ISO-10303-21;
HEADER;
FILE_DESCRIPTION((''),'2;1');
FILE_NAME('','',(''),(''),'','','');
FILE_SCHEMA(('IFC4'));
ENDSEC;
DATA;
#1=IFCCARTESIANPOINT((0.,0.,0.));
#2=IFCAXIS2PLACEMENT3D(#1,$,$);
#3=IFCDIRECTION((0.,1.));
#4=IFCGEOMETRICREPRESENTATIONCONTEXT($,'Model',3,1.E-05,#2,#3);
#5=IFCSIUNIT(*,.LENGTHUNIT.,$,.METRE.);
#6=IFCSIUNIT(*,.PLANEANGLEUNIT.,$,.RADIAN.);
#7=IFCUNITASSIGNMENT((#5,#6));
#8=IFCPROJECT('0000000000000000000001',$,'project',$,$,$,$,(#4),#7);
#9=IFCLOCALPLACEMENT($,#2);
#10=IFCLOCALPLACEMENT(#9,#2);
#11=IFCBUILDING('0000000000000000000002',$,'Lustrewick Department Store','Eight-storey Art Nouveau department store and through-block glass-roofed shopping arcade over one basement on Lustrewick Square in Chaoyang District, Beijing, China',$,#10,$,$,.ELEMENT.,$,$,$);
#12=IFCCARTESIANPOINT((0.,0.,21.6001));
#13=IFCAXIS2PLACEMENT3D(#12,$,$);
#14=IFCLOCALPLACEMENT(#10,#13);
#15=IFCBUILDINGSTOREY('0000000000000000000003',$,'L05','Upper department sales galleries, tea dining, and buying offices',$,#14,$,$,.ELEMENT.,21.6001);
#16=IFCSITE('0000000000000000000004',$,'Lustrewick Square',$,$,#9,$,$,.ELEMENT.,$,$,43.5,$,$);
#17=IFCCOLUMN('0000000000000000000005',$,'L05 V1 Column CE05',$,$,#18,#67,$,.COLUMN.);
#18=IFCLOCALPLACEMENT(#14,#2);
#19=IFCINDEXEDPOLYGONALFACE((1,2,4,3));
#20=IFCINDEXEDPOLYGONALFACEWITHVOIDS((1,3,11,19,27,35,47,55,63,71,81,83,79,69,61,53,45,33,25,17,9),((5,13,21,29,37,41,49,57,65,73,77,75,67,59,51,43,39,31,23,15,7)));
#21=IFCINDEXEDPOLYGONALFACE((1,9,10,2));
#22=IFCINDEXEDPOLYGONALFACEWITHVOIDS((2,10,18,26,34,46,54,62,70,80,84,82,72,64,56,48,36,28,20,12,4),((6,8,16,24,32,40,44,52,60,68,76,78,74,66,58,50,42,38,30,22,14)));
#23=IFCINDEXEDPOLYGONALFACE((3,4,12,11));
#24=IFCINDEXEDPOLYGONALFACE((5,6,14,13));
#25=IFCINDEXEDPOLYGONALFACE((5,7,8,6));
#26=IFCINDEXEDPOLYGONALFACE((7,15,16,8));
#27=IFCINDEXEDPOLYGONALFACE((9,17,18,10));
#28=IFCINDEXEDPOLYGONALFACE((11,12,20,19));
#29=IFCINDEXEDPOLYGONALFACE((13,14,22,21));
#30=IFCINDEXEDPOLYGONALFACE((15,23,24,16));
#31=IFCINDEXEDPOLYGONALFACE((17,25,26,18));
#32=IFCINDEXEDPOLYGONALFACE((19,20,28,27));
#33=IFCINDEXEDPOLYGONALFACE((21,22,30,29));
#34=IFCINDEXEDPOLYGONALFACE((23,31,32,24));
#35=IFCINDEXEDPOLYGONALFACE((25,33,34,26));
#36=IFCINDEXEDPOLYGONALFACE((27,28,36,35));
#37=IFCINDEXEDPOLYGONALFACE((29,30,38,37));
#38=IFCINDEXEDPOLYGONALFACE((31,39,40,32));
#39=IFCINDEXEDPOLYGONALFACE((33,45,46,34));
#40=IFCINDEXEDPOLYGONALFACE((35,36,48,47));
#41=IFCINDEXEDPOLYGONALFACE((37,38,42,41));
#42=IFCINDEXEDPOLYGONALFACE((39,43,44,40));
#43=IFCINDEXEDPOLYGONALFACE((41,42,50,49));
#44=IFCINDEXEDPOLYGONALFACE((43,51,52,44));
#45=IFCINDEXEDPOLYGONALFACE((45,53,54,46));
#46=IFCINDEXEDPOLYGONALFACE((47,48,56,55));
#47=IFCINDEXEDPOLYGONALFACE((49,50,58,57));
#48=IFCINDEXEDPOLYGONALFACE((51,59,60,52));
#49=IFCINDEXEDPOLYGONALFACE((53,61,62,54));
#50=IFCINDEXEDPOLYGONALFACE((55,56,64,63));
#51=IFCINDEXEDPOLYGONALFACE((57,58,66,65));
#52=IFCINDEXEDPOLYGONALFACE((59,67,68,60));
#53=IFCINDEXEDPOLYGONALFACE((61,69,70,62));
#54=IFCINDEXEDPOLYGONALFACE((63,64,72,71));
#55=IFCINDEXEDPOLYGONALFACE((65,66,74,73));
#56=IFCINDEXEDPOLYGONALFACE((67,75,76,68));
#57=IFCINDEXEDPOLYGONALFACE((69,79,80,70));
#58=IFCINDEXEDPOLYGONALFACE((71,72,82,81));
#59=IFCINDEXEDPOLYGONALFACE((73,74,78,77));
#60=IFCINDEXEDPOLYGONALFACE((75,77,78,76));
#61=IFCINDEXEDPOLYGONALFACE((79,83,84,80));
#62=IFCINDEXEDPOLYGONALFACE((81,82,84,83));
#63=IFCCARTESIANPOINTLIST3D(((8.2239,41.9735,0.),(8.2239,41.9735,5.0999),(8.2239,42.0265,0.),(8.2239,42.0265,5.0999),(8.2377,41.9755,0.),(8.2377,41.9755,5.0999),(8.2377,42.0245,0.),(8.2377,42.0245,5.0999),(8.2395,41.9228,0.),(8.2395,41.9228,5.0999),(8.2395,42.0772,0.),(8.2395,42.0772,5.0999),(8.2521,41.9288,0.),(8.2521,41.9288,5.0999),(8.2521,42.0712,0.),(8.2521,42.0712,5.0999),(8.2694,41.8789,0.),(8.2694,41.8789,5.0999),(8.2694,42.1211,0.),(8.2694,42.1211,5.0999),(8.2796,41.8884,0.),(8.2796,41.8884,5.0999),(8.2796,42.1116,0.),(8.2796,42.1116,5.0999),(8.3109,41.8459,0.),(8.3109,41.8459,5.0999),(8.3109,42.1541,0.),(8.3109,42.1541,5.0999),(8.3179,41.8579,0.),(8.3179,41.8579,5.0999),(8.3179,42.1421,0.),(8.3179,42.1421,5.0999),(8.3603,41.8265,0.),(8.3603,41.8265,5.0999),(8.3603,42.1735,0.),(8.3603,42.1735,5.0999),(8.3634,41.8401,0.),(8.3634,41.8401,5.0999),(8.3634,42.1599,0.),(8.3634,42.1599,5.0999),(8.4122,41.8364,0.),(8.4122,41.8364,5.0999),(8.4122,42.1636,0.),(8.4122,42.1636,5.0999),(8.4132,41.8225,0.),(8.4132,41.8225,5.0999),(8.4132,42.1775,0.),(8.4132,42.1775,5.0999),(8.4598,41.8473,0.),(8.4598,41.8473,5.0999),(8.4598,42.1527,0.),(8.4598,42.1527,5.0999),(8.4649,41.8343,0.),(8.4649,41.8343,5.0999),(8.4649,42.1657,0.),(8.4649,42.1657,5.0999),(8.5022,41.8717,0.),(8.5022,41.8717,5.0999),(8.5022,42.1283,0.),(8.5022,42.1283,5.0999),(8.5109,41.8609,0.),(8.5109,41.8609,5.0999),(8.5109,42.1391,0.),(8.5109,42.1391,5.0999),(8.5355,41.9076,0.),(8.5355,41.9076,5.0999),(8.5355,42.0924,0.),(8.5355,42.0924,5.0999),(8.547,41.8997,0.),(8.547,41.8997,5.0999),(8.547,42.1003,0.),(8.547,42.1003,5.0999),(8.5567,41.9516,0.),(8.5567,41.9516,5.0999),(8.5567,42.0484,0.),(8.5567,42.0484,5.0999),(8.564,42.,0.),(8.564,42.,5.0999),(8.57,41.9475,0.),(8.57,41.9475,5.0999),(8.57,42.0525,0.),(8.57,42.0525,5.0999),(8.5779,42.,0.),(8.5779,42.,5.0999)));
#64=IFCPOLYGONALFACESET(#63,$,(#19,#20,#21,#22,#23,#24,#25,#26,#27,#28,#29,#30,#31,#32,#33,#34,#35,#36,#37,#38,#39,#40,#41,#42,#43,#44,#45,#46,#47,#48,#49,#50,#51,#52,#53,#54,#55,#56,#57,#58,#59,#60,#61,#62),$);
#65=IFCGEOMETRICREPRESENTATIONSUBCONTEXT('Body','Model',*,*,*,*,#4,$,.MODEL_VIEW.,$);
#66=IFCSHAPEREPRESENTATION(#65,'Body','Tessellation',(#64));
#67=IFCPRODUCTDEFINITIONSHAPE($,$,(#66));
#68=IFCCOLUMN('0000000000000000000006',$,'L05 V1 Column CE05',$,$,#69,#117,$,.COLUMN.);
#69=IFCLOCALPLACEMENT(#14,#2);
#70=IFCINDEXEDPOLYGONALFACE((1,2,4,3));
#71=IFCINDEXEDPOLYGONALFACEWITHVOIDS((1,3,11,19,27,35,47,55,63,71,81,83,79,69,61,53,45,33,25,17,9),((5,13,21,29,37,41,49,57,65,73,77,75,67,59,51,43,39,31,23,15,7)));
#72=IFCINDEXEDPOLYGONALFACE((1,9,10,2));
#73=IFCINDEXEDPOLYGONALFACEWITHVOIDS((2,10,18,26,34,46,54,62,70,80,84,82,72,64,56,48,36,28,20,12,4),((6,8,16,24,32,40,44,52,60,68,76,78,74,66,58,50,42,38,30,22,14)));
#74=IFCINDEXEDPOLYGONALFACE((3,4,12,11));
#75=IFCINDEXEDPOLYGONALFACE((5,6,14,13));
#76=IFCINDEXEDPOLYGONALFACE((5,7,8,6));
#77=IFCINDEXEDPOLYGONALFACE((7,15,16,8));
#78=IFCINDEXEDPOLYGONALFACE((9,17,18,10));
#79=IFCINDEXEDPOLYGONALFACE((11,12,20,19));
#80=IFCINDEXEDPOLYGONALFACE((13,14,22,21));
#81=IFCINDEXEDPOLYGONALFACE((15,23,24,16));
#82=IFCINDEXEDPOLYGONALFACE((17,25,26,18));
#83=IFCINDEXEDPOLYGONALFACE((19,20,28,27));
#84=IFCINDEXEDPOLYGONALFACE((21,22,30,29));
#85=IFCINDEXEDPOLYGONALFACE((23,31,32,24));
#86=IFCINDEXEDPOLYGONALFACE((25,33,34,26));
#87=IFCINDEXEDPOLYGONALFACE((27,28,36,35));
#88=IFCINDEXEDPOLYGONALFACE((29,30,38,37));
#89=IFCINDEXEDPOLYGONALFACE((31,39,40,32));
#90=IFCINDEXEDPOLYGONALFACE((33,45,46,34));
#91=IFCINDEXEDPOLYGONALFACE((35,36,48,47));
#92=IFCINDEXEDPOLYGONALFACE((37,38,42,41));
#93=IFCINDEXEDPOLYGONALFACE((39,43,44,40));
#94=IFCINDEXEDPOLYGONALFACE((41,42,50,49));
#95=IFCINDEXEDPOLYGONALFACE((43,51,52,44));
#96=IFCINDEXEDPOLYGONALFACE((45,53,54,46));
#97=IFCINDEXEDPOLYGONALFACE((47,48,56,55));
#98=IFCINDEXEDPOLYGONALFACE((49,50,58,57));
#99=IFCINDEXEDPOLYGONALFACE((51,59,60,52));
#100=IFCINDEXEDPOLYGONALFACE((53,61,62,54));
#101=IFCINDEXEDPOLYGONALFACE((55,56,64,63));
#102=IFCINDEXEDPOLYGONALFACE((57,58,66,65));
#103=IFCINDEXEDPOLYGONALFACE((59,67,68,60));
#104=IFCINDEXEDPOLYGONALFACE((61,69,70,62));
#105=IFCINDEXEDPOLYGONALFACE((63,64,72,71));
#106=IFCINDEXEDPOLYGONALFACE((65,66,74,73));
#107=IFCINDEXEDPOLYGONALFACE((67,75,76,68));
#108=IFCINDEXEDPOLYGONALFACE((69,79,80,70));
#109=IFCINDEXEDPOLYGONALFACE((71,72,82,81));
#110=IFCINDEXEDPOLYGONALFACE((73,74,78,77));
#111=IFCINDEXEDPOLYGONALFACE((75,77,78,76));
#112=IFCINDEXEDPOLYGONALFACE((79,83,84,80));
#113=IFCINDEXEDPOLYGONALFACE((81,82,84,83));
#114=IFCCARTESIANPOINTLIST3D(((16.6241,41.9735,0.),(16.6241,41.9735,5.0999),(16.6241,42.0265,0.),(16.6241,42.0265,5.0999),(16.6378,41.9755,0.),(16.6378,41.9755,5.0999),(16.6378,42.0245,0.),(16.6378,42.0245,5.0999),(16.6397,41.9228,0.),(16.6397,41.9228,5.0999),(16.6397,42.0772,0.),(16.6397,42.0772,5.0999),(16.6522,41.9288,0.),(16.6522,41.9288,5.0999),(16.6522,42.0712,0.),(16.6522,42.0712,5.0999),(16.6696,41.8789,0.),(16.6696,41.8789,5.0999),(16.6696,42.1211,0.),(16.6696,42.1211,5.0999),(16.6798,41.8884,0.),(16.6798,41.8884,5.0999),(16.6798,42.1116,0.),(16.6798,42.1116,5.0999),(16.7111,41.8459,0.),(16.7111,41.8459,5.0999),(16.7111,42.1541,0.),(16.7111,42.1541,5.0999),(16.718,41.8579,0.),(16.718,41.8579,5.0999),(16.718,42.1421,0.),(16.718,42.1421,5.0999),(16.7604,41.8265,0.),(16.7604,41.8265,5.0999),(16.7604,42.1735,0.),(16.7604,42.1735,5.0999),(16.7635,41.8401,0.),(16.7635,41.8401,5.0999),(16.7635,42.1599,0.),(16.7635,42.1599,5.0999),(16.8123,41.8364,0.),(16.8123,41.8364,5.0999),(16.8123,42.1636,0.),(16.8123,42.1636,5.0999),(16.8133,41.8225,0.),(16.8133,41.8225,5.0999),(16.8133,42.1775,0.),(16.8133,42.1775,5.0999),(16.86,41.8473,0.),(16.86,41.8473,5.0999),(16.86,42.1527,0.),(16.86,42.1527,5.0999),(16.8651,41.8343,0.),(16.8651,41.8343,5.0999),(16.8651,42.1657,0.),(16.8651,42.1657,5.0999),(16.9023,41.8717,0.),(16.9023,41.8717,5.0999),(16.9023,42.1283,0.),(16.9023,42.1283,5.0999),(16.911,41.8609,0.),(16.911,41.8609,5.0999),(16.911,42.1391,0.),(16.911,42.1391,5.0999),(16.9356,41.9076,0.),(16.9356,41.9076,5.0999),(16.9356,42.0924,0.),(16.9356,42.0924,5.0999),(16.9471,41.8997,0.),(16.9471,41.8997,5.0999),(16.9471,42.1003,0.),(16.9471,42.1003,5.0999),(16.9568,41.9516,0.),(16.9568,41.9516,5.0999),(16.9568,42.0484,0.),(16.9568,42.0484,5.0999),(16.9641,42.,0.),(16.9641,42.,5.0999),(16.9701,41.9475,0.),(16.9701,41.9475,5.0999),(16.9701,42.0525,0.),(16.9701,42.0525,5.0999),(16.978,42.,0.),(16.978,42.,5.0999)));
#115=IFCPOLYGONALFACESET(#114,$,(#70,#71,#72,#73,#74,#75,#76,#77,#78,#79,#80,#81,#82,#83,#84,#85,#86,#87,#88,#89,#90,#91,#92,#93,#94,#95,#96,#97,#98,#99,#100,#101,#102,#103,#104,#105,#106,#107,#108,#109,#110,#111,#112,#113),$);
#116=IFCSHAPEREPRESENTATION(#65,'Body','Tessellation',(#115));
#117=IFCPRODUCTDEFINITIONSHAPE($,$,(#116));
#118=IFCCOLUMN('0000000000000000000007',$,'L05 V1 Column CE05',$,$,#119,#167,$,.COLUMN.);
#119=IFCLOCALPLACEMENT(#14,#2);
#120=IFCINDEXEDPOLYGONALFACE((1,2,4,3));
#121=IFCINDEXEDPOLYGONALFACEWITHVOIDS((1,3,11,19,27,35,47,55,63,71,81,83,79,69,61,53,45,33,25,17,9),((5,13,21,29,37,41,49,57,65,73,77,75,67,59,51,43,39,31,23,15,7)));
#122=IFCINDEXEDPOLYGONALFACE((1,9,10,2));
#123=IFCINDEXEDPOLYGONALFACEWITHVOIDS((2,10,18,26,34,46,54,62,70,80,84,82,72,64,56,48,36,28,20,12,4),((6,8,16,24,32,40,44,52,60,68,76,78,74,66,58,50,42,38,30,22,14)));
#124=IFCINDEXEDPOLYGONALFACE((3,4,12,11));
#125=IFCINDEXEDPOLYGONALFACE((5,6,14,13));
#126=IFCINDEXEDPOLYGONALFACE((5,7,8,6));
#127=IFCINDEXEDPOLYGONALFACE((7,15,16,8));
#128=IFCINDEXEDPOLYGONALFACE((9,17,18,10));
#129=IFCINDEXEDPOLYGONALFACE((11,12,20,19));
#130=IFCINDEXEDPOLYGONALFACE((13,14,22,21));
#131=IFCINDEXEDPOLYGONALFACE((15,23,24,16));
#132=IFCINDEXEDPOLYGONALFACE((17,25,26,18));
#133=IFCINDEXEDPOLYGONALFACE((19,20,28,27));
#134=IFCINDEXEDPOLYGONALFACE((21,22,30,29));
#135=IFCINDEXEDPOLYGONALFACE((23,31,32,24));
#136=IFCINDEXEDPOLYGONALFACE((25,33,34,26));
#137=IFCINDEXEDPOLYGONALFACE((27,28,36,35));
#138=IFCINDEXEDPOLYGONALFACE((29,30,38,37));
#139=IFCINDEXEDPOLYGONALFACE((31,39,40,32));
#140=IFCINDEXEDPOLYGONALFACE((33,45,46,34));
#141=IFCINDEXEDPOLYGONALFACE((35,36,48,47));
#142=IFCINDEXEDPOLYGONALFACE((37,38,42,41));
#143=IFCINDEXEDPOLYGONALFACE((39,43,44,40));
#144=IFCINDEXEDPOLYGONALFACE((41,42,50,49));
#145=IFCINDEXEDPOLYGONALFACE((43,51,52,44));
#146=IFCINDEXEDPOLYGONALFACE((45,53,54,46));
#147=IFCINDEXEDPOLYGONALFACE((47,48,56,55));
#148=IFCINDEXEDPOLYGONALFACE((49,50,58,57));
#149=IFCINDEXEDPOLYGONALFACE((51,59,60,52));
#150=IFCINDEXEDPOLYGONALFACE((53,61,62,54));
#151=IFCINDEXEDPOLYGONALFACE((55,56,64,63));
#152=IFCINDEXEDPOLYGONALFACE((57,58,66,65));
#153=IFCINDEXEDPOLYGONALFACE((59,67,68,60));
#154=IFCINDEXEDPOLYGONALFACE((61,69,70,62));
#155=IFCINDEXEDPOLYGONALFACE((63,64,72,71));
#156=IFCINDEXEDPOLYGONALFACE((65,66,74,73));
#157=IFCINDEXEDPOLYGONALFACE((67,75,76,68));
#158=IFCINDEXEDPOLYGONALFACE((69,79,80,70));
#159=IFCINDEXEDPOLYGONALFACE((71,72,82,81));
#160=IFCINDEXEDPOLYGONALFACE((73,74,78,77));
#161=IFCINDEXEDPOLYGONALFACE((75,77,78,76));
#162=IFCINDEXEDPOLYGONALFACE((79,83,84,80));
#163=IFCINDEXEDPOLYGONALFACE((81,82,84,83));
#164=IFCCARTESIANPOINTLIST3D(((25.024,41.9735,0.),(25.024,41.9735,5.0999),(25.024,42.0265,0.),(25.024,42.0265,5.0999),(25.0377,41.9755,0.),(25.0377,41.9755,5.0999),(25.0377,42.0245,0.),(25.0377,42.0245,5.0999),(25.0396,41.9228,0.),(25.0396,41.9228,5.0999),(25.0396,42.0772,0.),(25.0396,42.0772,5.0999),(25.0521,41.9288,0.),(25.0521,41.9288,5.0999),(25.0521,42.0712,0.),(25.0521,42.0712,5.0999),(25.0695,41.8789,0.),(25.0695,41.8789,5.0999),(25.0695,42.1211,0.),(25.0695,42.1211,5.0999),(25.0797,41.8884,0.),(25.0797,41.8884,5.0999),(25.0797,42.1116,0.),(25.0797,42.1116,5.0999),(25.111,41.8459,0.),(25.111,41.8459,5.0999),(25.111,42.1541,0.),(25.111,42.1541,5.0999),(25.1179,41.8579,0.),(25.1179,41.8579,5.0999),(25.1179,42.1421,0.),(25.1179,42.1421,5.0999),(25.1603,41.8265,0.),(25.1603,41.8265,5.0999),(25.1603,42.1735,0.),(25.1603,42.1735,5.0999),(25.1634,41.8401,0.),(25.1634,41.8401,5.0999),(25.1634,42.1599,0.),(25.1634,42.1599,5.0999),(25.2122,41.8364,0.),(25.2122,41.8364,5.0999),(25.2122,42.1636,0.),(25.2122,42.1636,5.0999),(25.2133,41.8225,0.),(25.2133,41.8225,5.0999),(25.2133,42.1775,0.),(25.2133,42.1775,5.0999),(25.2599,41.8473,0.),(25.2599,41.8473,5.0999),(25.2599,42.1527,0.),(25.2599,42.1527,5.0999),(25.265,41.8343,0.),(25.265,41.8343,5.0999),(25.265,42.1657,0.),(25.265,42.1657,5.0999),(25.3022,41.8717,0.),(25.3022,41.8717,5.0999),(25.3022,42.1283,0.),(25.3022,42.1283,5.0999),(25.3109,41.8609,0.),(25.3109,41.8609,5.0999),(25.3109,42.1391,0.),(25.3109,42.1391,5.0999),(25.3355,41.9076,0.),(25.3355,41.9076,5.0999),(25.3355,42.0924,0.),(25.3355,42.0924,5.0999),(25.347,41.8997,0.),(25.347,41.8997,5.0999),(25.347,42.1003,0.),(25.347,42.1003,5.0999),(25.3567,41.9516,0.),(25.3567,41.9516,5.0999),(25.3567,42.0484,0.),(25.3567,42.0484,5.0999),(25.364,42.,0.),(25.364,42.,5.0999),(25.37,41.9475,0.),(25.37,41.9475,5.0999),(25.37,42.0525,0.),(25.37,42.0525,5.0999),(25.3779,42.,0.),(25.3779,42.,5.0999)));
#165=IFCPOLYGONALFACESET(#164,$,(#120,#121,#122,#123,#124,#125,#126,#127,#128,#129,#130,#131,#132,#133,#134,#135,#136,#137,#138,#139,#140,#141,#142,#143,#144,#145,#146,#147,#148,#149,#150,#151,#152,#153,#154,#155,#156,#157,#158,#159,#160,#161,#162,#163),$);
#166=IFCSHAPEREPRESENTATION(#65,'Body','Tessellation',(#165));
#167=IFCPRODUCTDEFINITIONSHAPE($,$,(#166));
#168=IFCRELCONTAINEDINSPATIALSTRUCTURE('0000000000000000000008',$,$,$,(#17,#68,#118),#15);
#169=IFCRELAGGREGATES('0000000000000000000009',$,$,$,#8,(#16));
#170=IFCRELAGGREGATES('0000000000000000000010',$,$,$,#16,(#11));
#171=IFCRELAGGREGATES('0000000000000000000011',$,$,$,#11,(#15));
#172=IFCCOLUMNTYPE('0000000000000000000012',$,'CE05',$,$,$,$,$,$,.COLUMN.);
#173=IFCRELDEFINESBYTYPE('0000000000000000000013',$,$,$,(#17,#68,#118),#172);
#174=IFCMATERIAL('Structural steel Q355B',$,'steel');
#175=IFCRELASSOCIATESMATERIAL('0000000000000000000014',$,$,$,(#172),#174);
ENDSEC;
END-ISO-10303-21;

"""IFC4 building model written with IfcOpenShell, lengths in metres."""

from ifc_helpers import new_model, si_unit, direction, frame, origin, origin_2d, place, context, subcontext, project, spatial, hollow_circle, extrude, material, material_profile, profile_set, type_object, element, save


model = new_model("IFC4")

# Units and contexts
model_context = context("Model", 3, precision=1e-05, world=origin(), true_north=direction((0.0, 1.0)))
body_context = subcontext(model_context, "Body", "Model", "MODEL_VIEW")
ifc_project = project(units=[si_unit("LENGTHUNIT", "METRE"), si_unit("PLANEANGLEUNIT", "RADIAN")], contexts=[model_context])

# Site, building, storey
site_placement = place(None, origin())
site = spatial("IfcSite", under=ifc_project, at=site_placement, Name="Lustrewick Square", CompositionType="ELEMENT", RefElevation=43.5)
building_placement = place(site_placement, origin())
building = spatial("IfcBuilding", under=site, at=building_placement, Name="Lustrewick Department Store", Description="Eight-storey Art Nouveau department store and through-block glass-roofed shopping arcade over one basement on Lustrewick Square in Chaoyang District, Beijing, China", CompositionType="ELEMENT")
storey_placement = place(building_placement, frame((0.0, 0.0, 21.6001)))
storey = spatial("IfcBuildingStorey", under=building, at=storey_placement, Name="L05", Description="Upper department sales galleries, tea dining, and buying offices", CompositionType="ELEMENT", Elevation=21.6001)

# Columns
ifc_material_1 = material(Name="Structural steel Q355B", Category="steel")
ifc_material_profile_1 = material_profile(ifc_material_1, hollow_circle(Radius=0.178, WallThickness=0.0139, at=origin_2d()), Name="CHS 356x14")
ifc_profile_set_1 = profile_set([ifc_material_profile_1], Name="Structural steel Q355B")
column_type = type_object("IfcColumnType", Name="CE05", PredefinedType="COLUMN", material=ifc_profile_set_1)
for number, where, z_axis, x_axis, name in (
    (1, (8.3999, 42.0, 0.0), (0.0, 0.0, 1.0), (1.0, 0.0, 0.0), "L05 V1 Column CE05"),
    (2, (16.8, 42.0, 0.0), (0.0, 0.0, 1.0), (1.0, 0.0, 0.0), "L05 V1 Column CE05"),
    (3, (25.2, 42.0, 0.0), (0.0, 0.0, 1.0), (1.0, 0.0, 0.0), "L05 V1 Column CE05"),
):
    element("IfcColumn", number, at=place(storey_placement, frame(where, z_axis=z_axis, x_axis=x_axis)), inside=storey, type_object=column_type, Name=name, PredefinedType="COLUMN", context=body_context, shape_type="SweptSolid", body=[
        extrude(hollow_circle(Radius=0.178, WallThickness=0.0139, at=origin_2d()), origin(), (0.0, 0.0, 1.0), 5.0999),
    ])

save(model, "model.ifc")
